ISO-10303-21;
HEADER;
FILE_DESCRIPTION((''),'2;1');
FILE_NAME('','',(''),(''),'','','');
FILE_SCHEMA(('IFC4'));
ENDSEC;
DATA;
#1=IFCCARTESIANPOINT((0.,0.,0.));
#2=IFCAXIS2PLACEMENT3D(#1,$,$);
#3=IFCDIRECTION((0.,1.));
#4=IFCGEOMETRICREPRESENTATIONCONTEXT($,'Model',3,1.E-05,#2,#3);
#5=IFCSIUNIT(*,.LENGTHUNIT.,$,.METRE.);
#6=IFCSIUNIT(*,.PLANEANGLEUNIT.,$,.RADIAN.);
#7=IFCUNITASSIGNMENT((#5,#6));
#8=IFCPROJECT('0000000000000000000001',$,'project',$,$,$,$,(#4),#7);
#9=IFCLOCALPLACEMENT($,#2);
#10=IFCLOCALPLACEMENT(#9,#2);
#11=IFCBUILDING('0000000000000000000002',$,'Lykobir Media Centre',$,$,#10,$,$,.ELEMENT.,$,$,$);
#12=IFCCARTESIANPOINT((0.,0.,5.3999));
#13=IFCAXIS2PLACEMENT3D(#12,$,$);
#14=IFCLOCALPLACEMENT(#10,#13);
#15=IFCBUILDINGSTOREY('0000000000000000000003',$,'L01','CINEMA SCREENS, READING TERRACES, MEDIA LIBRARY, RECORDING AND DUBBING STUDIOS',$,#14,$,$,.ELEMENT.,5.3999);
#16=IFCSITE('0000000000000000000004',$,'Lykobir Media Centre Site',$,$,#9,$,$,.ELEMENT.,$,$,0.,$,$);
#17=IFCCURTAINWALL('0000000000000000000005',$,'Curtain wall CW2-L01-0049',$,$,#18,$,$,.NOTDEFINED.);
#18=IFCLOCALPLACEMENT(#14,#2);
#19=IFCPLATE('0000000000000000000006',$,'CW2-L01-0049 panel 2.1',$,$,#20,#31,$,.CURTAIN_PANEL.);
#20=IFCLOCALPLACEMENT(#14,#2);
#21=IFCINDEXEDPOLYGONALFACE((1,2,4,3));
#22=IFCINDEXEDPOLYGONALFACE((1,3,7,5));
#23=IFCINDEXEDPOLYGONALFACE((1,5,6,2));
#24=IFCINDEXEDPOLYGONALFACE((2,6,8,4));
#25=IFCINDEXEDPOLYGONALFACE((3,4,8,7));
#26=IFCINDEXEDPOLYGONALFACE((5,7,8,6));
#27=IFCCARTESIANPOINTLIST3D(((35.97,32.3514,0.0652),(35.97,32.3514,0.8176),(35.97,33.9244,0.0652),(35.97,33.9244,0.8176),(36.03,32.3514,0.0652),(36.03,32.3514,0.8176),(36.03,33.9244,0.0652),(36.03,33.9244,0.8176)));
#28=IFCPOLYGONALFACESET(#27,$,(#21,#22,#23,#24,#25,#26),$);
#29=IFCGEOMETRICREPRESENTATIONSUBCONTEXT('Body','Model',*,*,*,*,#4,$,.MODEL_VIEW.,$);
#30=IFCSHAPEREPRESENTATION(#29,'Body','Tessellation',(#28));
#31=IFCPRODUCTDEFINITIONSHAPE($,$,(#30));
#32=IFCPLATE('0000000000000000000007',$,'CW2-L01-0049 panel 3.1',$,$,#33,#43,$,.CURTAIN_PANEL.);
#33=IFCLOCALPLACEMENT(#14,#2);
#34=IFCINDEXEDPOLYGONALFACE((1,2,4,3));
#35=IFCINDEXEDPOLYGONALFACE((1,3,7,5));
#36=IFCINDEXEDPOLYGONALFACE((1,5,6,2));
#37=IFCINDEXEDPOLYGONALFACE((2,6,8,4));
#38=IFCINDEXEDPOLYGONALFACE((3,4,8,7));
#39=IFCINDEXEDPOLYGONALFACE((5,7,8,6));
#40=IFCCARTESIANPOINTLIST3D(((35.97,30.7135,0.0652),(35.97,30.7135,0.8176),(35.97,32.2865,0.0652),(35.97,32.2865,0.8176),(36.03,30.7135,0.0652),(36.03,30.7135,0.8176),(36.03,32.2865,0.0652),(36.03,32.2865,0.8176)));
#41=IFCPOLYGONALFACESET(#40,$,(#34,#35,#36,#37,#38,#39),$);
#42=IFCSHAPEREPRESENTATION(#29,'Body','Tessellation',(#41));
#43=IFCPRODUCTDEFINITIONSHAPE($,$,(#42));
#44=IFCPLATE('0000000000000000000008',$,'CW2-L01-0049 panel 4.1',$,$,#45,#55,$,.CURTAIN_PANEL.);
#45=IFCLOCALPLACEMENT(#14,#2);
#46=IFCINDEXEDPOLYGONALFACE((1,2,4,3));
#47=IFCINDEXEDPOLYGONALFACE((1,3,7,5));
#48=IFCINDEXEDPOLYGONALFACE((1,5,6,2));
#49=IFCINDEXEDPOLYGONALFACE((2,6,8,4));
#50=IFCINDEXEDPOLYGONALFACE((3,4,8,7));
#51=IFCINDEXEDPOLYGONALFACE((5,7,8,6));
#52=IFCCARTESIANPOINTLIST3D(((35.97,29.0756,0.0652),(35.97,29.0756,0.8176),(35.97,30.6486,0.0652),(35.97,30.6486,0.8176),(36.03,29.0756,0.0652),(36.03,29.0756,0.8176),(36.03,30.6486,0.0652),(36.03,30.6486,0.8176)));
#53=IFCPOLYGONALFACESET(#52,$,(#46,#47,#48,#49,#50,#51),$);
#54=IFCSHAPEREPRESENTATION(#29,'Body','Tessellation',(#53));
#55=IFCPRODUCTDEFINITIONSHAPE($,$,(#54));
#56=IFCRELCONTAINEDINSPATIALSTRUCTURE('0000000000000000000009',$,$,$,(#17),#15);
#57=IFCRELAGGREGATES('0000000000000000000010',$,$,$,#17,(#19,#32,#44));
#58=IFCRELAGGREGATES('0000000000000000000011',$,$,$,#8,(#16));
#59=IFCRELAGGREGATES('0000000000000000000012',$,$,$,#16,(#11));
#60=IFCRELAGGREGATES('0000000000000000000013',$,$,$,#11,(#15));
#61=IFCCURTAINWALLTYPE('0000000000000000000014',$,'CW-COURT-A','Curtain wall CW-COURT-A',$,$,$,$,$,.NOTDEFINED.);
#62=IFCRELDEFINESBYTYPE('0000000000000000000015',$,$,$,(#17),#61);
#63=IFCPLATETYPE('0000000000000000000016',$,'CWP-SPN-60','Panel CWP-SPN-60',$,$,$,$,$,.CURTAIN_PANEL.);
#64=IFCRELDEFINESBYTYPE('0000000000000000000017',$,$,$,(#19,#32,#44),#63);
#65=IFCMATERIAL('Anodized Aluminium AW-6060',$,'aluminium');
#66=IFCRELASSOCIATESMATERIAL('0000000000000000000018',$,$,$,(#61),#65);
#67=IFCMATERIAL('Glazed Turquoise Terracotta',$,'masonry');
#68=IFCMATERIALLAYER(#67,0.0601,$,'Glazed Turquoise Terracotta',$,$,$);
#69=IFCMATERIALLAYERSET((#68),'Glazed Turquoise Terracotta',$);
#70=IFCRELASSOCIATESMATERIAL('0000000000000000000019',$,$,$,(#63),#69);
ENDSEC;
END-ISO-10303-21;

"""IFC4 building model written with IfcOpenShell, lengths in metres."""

from ifc_helpers import new_model, si_unit, direction, frame, origin, origin_2d, place, context, subcontext, project, spatial, rectangle, extrude, material, layer, layer_set, type_object, element, aggregate, save


model = new_model("IFC4")

# Units and contexts
model_context = context("Model", 3, precision=1e-05, world=origin(), true_north=direction((0.0, 1.0)))
body_context = subcontext(model_context, "Body", "Model", "MODEL_VIEW")
ifc_project = project(units=[si_unit("LENGTHUNIT", "METRE"), si_unit("PLANEANGLEUNIT", "RADIAN")], contexts=[model_context])

# Site, building, storey
site_placement = place(None, origin())
site = spatial("IfcSite", under=ifc_project, at=site_placement, Name="Lykobir Media Centre Site", CompositionType="ELEMENT", RefElevation=0.0)
building_placement = place(site_placement, origin())
building = spatial("IfcBuilding", under=site, at=building_placement, Name="Lykobir Media Centre", CompositionType="ELEMENT")
storey_placement = place(building_placement, frame((0.0, 0.0, 5.3999)))
storey = spatial("IfcBuildingStorey", under=building, at=storey_placement, Name="L01", Description="CINEMA SCREENS, READING TERRACES, MEDIA LIBRARY, RECORDING AND DUBBING STUDIOS", CompositionType="ELEMENT", Elevation=5.3999)

# Curtain wall
ifc_material_1 = material(Name="Anodized Aluminium AW-6060", Category="aluminium")
curtain_wall_type = type_object("IfcCurtainWallType", Name="CW-COURT-A", Description="Curtain wall CW-COURT-A", PredefinedType="NOTDEFINED", material=ifc_material_1)
curtain_wall_1_placement = place(storey_placement, origin())
curtain_wall_1 = element("IfcCurtainWall", 1, at=curtain_wall_1_placement, inside=storey, type_object=curtain_wall_type, Name="Curtain wall CW2-L01-0049", PredefinedType="NOTDEFINED")

# Plates
ifc_material_2 = material(Name="Glazed Turquoise Terracotta", Category="masonry")
ifc_layer_1 = layer(ifc_material_2, 0.0601, Name="Glazed Turquoise Terracotta")
ifc_layer_set_1 = layer_set([ifc_layer_1], Name="Glazed Turquoise Terracotta")
plate_type_1 = type_object("IfcPlateType", Name="CWP-SPN-60", Description="Panel CWP-SPN-60", PredefinedType="CURTAIN_PANEL", material=ifc_layer_set_1)
plate_1_placement = place(storey_placement, frame((36.0, 33.1379, 0.0652), z_axis=(0.0, 0.0, 1.0), x_axis=(0.0, -1.0, 0.0)))
plate_1 = element("IfcPlate", 2, at=plate_1_placement, type_object=plate_type_1, Name="CW2-L01-0049 panel 2.1", PredefinedType="CURTAIN_PANEL", context=body_context, shape_type="SweptSolid", body=[
    extrude(rectangle(XDim=1.573, YDim=0.0601, at=origin_2d()), origin(), (0.0, 0.0, 1.0), 0.7524),
])
plate_2_placement = place(storey_placement, frame((36.0, 31.5, 0.0652), z_axis=(0.0, 0.0, 1.0), x_axis=(0.0, -1.0, 0.0)))
plate_2 = element("IfcPlate", 3, at=plate_2_placement, type_object=plate_type_1, Name="CW2-L01-0049 panel 3.1", PredefinedType="CURTAIN_PANEL", context=body_context, shape_type="SweptSolid", body=[
    extrude(rectangle(XDim=1.573, YDim=0.0601, at=origin_2d()), origin(), (0.0, 0.0, 1.0), 0.7524),
])
plate_3_placement = place(storey_placement, frame((36.0, 29.8621, 0.0652), z_axis=(0.0, 0.0, 1.0), x_axis=(0.0, -1.0, 0.0)))
plate_3 = element("IfcPlate", 4, at=plate_3_placement, type_object=plate_type_1, Name="CW2-L01-0049 panel 4.1", PredefinedType="CURTAIN_PANEL", context=body_context, shape_type="SweptSolid", body=[
    extrude(rectangle(XDim=1.573, YDim=0.0601, at=origin_2d()), origin(), (0.0, 0.0, 1.0), 0.7524),
])
aggregate(curtain_wall_1, [plate_1, plate_2, plate_3])

save(model, "model.ifc")
